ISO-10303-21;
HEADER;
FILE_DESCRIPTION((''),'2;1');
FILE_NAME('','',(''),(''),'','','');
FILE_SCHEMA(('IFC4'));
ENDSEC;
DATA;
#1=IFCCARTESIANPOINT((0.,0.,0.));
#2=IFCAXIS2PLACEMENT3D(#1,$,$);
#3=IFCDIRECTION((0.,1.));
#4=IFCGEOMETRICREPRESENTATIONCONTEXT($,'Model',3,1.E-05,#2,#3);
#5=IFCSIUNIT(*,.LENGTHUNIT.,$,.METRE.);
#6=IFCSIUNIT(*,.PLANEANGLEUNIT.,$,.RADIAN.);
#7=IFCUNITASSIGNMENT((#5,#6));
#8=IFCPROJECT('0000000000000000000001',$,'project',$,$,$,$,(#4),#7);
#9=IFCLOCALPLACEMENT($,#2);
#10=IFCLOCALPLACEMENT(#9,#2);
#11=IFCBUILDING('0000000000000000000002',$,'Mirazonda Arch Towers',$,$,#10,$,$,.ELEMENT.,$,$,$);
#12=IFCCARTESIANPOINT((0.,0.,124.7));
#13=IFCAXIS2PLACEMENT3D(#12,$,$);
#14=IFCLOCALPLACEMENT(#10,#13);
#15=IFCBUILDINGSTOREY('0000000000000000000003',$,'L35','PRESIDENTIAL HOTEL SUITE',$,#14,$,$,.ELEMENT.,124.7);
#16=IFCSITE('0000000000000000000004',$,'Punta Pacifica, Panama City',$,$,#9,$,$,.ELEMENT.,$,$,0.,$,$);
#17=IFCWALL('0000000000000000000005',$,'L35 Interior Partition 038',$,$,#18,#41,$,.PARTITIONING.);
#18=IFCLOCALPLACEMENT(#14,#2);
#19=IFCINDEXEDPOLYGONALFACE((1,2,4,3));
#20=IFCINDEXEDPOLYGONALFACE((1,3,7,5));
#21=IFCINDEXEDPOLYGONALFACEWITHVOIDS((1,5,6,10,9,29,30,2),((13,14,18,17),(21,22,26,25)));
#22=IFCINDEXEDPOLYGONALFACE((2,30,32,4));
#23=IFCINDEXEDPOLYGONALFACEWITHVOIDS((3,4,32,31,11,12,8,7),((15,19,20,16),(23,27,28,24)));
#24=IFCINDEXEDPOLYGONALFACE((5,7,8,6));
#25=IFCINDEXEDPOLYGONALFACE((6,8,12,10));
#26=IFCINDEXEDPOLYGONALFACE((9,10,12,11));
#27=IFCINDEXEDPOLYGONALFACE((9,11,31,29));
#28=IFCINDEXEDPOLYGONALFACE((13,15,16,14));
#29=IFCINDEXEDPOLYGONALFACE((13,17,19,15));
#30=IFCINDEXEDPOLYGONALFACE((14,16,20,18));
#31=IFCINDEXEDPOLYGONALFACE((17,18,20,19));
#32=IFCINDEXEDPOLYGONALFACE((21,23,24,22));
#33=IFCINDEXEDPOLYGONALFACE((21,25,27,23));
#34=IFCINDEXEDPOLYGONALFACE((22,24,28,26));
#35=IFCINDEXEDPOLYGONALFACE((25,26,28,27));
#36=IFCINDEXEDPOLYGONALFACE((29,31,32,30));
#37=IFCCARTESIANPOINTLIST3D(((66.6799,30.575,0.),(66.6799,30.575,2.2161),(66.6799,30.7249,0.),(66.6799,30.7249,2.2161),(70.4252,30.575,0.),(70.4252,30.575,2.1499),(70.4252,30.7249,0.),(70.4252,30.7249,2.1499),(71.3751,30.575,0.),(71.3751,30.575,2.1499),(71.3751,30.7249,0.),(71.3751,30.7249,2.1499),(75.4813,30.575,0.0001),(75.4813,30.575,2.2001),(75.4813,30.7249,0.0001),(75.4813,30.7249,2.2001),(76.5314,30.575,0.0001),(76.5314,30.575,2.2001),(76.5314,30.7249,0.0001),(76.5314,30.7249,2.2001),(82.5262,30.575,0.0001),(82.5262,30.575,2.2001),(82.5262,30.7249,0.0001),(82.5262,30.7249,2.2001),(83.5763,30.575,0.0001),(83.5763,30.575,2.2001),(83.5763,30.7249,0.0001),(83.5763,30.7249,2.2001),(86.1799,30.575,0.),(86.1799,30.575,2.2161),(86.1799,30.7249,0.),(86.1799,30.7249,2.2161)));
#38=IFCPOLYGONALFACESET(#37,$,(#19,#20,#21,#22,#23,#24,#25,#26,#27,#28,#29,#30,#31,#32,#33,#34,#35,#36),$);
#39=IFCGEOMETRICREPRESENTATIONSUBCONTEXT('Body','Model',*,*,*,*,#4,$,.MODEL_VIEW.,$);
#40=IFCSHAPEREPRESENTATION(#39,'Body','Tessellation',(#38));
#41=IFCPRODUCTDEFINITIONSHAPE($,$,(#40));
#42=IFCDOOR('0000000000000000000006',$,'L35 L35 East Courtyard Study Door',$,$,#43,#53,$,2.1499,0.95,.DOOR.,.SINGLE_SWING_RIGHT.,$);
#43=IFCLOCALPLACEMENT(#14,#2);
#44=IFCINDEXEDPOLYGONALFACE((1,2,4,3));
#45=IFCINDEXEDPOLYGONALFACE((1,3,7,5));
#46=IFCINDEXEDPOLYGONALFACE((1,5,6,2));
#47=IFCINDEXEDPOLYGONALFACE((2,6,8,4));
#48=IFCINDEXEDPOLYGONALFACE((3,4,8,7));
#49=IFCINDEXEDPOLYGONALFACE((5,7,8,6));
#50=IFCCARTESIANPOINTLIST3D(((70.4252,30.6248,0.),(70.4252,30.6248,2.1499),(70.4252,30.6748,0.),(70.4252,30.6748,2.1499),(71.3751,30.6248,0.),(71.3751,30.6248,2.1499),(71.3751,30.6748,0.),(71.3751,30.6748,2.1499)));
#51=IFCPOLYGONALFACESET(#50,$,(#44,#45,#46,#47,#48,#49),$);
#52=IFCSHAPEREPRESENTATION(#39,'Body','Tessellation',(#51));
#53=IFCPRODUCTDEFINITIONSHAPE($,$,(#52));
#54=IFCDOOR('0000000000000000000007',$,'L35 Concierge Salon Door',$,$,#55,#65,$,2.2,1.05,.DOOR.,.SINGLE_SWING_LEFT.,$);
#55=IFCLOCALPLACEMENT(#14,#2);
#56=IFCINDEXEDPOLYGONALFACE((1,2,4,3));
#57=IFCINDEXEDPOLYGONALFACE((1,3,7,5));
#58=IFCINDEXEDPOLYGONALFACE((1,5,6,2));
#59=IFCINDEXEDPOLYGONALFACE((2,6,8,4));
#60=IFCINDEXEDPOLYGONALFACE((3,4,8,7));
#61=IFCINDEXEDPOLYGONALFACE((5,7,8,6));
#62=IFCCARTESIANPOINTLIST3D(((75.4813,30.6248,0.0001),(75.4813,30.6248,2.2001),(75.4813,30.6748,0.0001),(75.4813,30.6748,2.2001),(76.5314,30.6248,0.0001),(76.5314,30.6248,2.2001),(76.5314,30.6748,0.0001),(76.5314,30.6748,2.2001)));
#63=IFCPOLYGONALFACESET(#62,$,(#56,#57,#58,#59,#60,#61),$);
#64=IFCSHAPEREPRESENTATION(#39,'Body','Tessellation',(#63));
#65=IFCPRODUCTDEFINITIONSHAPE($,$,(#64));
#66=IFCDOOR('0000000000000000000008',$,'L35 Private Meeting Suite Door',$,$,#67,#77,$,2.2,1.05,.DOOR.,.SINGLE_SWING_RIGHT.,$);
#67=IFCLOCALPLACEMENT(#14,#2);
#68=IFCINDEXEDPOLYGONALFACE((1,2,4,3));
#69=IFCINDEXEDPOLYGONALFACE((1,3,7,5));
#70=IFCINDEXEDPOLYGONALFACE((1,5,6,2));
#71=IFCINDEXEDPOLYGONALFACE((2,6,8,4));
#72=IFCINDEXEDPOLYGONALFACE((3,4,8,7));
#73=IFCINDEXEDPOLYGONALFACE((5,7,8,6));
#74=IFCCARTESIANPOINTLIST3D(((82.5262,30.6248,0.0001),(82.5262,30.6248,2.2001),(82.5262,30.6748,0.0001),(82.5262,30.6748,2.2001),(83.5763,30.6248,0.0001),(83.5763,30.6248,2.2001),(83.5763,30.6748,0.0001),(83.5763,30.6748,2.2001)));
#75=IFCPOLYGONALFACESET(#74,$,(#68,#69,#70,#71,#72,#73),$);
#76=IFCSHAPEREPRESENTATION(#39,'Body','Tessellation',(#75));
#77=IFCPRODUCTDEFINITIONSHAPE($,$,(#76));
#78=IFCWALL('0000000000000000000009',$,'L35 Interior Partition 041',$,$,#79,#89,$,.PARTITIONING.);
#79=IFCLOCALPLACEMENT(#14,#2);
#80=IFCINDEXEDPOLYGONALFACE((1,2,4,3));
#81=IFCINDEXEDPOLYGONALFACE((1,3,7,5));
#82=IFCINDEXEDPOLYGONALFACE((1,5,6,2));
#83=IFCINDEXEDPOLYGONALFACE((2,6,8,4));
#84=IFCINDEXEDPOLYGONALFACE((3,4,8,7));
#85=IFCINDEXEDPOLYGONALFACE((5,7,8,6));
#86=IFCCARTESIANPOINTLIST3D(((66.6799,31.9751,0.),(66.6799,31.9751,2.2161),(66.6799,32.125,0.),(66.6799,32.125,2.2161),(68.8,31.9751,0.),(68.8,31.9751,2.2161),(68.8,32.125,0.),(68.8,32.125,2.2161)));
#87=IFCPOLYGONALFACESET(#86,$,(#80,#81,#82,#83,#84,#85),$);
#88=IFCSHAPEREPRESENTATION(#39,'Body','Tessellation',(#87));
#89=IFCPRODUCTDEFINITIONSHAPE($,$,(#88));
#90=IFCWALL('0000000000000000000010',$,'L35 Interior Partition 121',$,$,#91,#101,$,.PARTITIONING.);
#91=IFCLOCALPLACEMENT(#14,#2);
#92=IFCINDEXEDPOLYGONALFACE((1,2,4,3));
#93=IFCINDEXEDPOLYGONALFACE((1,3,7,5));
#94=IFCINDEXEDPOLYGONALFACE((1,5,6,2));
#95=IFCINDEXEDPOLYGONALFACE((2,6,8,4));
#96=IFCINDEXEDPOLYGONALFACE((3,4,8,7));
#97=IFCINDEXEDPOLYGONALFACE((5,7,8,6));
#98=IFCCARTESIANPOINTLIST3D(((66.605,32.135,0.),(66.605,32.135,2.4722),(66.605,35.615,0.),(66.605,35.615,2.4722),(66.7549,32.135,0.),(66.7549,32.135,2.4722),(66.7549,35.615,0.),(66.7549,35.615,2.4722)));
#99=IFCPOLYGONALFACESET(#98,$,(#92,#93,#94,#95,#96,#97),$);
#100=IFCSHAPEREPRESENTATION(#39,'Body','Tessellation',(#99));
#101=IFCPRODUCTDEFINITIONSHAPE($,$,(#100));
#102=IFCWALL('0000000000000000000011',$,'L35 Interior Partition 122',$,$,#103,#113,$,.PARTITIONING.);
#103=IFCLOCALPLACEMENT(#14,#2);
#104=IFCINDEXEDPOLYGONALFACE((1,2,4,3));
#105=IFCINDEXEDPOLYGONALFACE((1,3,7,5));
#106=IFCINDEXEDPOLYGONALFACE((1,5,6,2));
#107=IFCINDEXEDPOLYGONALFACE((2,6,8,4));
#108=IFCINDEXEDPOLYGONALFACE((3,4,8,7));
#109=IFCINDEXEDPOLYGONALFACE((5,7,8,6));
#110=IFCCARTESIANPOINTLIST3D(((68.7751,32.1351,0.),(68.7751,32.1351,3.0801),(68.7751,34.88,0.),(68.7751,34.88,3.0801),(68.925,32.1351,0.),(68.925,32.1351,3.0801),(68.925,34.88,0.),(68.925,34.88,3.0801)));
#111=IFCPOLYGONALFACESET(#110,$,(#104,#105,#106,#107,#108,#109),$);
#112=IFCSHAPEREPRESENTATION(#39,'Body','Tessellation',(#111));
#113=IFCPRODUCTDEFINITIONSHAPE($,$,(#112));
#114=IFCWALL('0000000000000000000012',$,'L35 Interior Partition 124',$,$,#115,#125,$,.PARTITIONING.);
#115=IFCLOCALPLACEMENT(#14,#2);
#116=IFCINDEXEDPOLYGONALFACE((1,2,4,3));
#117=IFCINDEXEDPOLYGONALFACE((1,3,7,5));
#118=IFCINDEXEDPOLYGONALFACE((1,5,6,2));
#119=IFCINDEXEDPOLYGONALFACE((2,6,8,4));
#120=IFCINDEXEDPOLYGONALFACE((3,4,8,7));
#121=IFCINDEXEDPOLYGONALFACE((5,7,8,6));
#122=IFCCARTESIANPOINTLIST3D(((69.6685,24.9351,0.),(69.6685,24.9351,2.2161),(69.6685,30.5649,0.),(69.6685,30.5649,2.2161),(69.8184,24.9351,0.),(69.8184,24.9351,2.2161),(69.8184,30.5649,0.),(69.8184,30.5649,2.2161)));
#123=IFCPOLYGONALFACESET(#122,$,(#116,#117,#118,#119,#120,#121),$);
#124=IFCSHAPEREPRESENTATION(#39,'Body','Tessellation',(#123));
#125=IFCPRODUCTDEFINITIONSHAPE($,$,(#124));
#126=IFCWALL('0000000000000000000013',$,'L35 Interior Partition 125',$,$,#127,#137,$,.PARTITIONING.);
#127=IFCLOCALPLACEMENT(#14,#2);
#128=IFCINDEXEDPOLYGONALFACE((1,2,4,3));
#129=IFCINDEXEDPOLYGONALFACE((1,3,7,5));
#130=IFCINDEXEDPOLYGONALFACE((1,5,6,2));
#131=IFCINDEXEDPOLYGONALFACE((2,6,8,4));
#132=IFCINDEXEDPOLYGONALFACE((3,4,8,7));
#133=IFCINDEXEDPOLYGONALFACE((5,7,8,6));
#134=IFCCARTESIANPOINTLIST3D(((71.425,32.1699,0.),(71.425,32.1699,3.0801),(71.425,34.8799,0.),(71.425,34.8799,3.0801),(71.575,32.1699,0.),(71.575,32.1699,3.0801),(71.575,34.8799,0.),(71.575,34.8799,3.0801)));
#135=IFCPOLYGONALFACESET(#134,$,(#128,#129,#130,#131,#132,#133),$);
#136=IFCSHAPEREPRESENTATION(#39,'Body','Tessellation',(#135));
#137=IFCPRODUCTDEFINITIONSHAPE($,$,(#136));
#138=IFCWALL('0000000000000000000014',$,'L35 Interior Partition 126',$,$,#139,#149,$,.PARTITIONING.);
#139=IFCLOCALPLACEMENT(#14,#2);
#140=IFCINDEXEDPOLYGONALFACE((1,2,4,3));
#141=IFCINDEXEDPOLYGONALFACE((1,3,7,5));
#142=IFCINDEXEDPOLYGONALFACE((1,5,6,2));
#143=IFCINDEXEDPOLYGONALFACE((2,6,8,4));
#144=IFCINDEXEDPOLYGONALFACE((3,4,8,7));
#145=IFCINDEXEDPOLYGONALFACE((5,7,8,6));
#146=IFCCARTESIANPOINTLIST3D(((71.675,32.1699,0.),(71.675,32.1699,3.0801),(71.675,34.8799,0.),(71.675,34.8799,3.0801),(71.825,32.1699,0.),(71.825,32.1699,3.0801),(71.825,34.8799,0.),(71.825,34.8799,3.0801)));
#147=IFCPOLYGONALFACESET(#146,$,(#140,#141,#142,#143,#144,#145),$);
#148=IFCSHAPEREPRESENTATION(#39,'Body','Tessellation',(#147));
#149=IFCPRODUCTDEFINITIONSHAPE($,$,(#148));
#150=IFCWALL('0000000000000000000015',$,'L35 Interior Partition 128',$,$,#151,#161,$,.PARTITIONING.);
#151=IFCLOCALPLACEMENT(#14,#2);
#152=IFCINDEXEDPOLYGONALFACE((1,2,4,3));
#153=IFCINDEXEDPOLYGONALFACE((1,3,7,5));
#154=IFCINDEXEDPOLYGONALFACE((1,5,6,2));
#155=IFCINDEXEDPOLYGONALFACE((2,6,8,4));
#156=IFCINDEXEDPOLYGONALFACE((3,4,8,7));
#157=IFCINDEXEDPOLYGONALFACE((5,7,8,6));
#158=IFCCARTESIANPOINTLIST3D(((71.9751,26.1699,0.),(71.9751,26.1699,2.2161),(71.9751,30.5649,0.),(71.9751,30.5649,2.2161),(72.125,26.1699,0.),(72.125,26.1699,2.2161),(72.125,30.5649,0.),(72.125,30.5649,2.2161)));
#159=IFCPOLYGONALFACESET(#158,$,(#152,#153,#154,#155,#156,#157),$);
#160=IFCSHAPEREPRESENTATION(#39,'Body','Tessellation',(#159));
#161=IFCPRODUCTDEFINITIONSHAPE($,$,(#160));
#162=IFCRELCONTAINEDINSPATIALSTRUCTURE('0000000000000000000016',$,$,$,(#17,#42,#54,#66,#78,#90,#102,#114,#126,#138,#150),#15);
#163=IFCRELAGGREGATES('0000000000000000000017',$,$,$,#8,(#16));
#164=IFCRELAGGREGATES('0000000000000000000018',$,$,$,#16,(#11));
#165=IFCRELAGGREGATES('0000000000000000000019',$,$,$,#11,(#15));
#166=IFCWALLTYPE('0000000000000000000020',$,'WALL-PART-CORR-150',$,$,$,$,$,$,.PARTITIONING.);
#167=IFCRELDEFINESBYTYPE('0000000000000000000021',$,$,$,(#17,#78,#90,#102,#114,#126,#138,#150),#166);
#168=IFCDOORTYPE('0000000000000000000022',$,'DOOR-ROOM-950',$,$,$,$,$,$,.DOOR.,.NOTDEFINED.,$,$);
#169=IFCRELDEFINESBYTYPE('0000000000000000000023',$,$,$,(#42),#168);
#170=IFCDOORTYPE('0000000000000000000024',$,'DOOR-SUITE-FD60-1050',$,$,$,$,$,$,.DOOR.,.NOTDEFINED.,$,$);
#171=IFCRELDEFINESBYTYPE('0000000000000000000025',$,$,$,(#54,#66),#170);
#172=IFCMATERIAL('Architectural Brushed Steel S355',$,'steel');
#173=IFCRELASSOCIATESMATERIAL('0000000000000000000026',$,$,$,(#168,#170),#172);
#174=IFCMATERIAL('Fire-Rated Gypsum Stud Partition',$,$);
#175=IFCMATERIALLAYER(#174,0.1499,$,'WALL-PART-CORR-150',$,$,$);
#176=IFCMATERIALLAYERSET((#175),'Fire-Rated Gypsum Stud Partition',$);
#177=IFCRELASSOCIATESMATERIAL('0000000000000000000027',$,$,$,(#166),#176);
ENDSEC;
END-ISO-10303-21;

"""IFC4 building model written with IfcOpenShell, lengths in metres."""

from ifc_helpers import new_model, si_unit, direction, frame, frame_2d, origin, place, context, subcontext, project, spatial, rectangle, extrude, material, layer, layer_set, type_object, element, fill, save


model = new_model("IFC4")

# Units and contexts
model_context = context("Model", 3, precision=1e-05, world=origin(), true_north=direction((0.0, 1.0)))
body_context = subcontext(model_context, "Body", "Model", "MODEL_VIEW")
ifc_project = project(units=[si_unit("LENGTHUNIT", "METRE"), si_unit("PLANEANGLEUNIT", "RADIAN")], contexts=[model_context])

# Site, building, storey
site_placement = place(None, origin())
site = spatial("IfcSite", under=ifc_project, at=site_placement, Name="Punta Pacifica, Panama City", CompositionType="ELEMENT", RefElevation=0.0)
building_placement = place(site_placement, origin())
building = spatial("IfcBuilding", under=site, at=building_placement, Name="Mirazonda Arch Towers", CompositionType="ELEMENT")
storey_placement = place(building_placement, frame((0.0, 0.0, 124.7)))
storey = spatial("IfcBuildingStorey", under=building, at=storey_placement, Name="L35", Description="PRESIDENTIAL HOTEL SUITE", CompositionType="ELEMENT", Elevation=124.7)

# Shared definitions
ifc_material_1 = material(Name="Architectural Brushed Steel S355", Category="steel")
door_type_1 = type_object("IfcDoorType", Name="DOOR-ROOM-950", OperationType="NOTDEFINED", PredefinedType="DOOR", material=ifc_material_1)

# Shared definitions
ifc_material_2 = material(Name="Fire-Rated Gypsum Stud Partition")
ifc_layer_1 = layer(ifc_material_2, 0.1499, Name="WALL-PART-CORR-150")
ifc_layer_set_1 = layer_set([ifc_layer_1], Name="Fire-Rated Gypsum Stud Partition")
wall_type_1 = type_object("IfcWallType", Name="WALL-PART-CORR-150", PredefinedType="PARTITIONING", material=ifc_layer_set_1)

# Wall, openings, doors
wall_1_placement = place(storey_placement, frame((66.6799, 30.6499, 0.0), z_axis=(0.0, 0.0, 1.0), x_axis=(1.0, 0.0, 0.0)))
wall_1 = element("IfcWall", 1, at=wall_1_placement, inside=storey, type_object=wall_type_1, Name="L35 Interior Partition 038", PredefinedType="PARTITIONING", context=body_context, shape_type="SweptSolid", body=[
    extrude(rectangle(XDim=19.5, YDim=0.1499, at=frame_2d((9.75, 0.0))), origin(), (0.0, 0.0, 1.0), 2.2161),
])
opening_1_placement = place(wall_1_placement, frame((3.7451, 0.0, 0.0)))
opening_1 = element("IfcOpeningElement", 2, at=opening_1_placement, cuts=wall_1, PredefinedType="OPENING", context=body_context, shape_type="SweptSolid", body=[
    extrude(rectangle(XDim=0.95, YDim=2.1499, at=frame_2d((0.4751, 1.075))), frame((0.0, 0.085, 0.0), z_axis=(0.0, -1.0, 0.0), x_axis=(1.0, 0.0, 0.0)), (0.0, 0.0, 1.0), 0.1699),
])
opening_2_placement = place(wall_1_placement, frame((8.8015, 0.0, 0.0)))
opening_2 = element("IfcOpeningElement", 3, at=opening_2_placement, cuts=wall_1, PredefinedType="OPENING", context=body_context, shape_type="SweptSolid", body=[
    extrude(rectangle(XDim=1.05, YDim=2.2, at=frame_2d((0.5249, 1.1001))), frame((0.0, 0.085, 0.0), z_axis=(0.0, -1.0, 0.0), x_axis=(1.0, 0.0, 0.0)), (0.0, 0.0, 1.0), 0.1699),
])
opening_3_placement = place(wall_1_placement, frame((15.8464, 0.0, 0.0)))
opening_3 = element("IfcOpeningElement", 4, at=opening_3_placement, cuts=wall_1, PredefinedType="OPENING", context=body_context, shape_type="SweptSolid", body=[
    extrude(rectangle(XDim=1.05, YDim=2.2, at=frame_2d((0.5249, 1.1001))), frame((0.0, 0.085, 0.0), z_axis=(0.0, -1.0, 0.0), x_axis=(1.0, 0.0, 0.0)), (0.0, 0.0, 1.0), 0.1699),
])
door_1_placement = place(opening_1_placement, origin())
door_1 = element("IfcDoor", 5, at=door_1_placement, inside=storey, type_object=door_type_1, Name="L35 L35 East Courtyard Study Door", OperationType="SINGLE_SWING_RIGHT", OverallHeight=2.1499, OverallWidth=0.95, PredefinedType="DOOR", context=body_context, shape_type="SweptSolid", body=[
    extrude(rectangle(XDim=0.95, YDim=2.1499, at=frame_2d((0.4751, 1.075))), frame((0.0, 0.0249, 0.0), z_axis=(0.0, -1.0, 0.0), x_axis=(1.0, 0.0, 0.0)), (0.0, 0.0, 1.0), 0.05),
])
fill(opening_1, door_1)
door_type_2 = type_object("IfcDoorType", Name="DOOR-SUITE-FD60-1050", OperationType="NOTDEFINED", PredefinedType="DOOR", material=ifc_material_1)
door_2_placement = place(opening_2_placement, origin())
door_2 = element("IfcDoor", 6, at=door_2_placement, inside=storey, type_object=door_type_2, Name="L35 Concierge Salon Door", OperationType="SINGLE_SWING_LEFT", OverallHeight=2.2, OverallWidth=1.05, PredefinedType="DOOR", context=body_context, shape_type="SweptSolid", body=[
    extrude(rectangle(XDim=1.05, YDim=2.2, at=frame_2d((0.5249, 1.1001))), frame((0.0, 0.0249, 0.0), z_axis=(0.0, -1.0, 0.0), x_axis=(1.0, 0.0, 0.0)), (0.0, 0.0, 1.0), 0.05),
])
fill(opening_2, door_2)
door_3_placement = place(opening_3_placement, origin())
door_3 = element("IfcDoor", 7, at=door_3_placement, inside=storey, type_object=door_type_2, Name="L35 Private Meeting Suite Door", OperationType="SINGLE_SWING_RIGHT", OverallHeight=2.2, OverallWidth=1.05, PredefinedType="DOOR", context=body_context, shape_type="SweptSolid", body=[
    extrude(rectangle(XDim=1.05, YDim=2.2, at=frame_2d((0.5249, 1.1001))), frame((0.0, 0.0249, 0.0), z_axis=(0.0, -1.0, 0.0), x_axis=(1.0, 0.0, 0.0)), (0.0, 0.0, 1.0), 0.05),
])
fill(opening_3, door_3)

# Walls
wall_2_placement = place(storey_placement, frame((66.6799, 32.05, 0.0), z_axis=(0.0, 0.0, 1.0), x_axis=(1.0, 0.0, 0.0)))
element("IfcWall", 8, at=wall_2_placement, inside=storey, type_object=wall_type_1, Name="L35 Interior Partition 041", PredefinedType="PARTITIONING", context=body_context, shape_type="SweptSolid", body=[
    extrude(rectangle(XDim=2.1201, YDim=0.1499, at=frame_2d((1.0601, 0.0))), origin(), (0.0, 0.0, 1.0), 2.2161),
])
wall_3_placement = place(storey_placement, frame((66.6799, 32.135, 0.0), z_axis=(0.0, 0.0, 1.0), x_axis=(0.0, 1.0, 0.0)))
element("IfcWall", 9, at=wall_3_placement, inside=storey, type_object=wall_type_1, Name="L35 Interior Partition 121", PredefinedType="PARTITIONING", context=body_context, shape_type="SweptSolid", body=[
    extrude(rectangle(XDim=3.48, YDim=0.1499, at=frame_2d((1.74, 0.0))), origin(), (0.0, 0.0, 1.0), 2.4722),
])
wall_4_placement = place(storey_placement, frame((68.8501, 32.135, 0.0), z_axis=(0.0, 0.0, 1.0), x_axis=(0.0, 1.0, 0.0)))
element("IfcWall", 10, at=wall_4_placement, inside=storey, type_object=wall_type_1, Name="L35 Interior Partition 122", PredefinedType="PARTITIONING", context=body_context, shape_type="SweptSolid", body=[
    extrude(rectangle(XDim=2.7449, YDim=0.1499, at=frame_2d((1.3726, 0.0))), origin(), (0.0, 0.0, 1.0), 3.0801),
])
wall_5_placement = place(storey_placement, frame((69.7434, 24.9351, 0.0), z_axis=(0.0, 0.0, 1.0), x_axis=(0.0, 1.0, 0.0)))
element("IfcWall", 11, at=wall_5_placement, inside=storey, type_object=wall_type_1, Name="L35 Interior Partition 124", PredefinedType="PARTITIONING", context=body_context, shape_type="SweptSolid", body=[
    extrude(rectangle(XDim=5.6299, YDim=0.1499, at=frame_2d((2.8149, 0.0))), origin(), (0.0, 0.0, 1.0), 2.2161),
])
for number, where, z_axis, x_axis, name in (
    (12, (71.5, 32.1699, 0.0), (0.0, 0.0, 1.0), (0.0, 1.0, 0.0), "L35 Interior Partition 125"),
    (13, (71.75, 32.1699, 0.0), (0.0, 0.0, 1.0), (0.0, 1.0, 0.0), "L35 Interior Partition 126"),
):
    element("IfcWall", number, at=place(storey_placement, frame(where, z_axis=z_axis, x_axis=x_axis)), inside=storey, type_object=wall_type_1, Name=name, PredefinedType="PARTITIONING", context=body_context, shape_type="SweptSolid", body=[
        extrude(rectangle(XDim=2.71, YDim=0.1499, at=frame_2d((1.355, 0.0))), origin(), (0.0, 0.0, 1.0), 3.0801),
    ])
wall_6_placement = place(storey_placement, frame((72.05, 26.1699, 0.0), z_axis=(0.0, 0.0, 1.0), x_axis=(0.0, 1.0, 0.0)))
element("IfcWall", 14, at=wall_6_placement, inside=storey, type_object=wall_type_1, Name="L35 Interior Partition 128", PredefinedType="PARTITIONING", context=body_context, shape_type="SweptSolid", body=[
    extrude(rectangle(XDim=4.395, YDim=0.1499, at=frame_2d((2.1975, 0.0))), origin(), (0.0, 0.0, 1.0), 2.2161),
])

save(model, "model.ifc")
